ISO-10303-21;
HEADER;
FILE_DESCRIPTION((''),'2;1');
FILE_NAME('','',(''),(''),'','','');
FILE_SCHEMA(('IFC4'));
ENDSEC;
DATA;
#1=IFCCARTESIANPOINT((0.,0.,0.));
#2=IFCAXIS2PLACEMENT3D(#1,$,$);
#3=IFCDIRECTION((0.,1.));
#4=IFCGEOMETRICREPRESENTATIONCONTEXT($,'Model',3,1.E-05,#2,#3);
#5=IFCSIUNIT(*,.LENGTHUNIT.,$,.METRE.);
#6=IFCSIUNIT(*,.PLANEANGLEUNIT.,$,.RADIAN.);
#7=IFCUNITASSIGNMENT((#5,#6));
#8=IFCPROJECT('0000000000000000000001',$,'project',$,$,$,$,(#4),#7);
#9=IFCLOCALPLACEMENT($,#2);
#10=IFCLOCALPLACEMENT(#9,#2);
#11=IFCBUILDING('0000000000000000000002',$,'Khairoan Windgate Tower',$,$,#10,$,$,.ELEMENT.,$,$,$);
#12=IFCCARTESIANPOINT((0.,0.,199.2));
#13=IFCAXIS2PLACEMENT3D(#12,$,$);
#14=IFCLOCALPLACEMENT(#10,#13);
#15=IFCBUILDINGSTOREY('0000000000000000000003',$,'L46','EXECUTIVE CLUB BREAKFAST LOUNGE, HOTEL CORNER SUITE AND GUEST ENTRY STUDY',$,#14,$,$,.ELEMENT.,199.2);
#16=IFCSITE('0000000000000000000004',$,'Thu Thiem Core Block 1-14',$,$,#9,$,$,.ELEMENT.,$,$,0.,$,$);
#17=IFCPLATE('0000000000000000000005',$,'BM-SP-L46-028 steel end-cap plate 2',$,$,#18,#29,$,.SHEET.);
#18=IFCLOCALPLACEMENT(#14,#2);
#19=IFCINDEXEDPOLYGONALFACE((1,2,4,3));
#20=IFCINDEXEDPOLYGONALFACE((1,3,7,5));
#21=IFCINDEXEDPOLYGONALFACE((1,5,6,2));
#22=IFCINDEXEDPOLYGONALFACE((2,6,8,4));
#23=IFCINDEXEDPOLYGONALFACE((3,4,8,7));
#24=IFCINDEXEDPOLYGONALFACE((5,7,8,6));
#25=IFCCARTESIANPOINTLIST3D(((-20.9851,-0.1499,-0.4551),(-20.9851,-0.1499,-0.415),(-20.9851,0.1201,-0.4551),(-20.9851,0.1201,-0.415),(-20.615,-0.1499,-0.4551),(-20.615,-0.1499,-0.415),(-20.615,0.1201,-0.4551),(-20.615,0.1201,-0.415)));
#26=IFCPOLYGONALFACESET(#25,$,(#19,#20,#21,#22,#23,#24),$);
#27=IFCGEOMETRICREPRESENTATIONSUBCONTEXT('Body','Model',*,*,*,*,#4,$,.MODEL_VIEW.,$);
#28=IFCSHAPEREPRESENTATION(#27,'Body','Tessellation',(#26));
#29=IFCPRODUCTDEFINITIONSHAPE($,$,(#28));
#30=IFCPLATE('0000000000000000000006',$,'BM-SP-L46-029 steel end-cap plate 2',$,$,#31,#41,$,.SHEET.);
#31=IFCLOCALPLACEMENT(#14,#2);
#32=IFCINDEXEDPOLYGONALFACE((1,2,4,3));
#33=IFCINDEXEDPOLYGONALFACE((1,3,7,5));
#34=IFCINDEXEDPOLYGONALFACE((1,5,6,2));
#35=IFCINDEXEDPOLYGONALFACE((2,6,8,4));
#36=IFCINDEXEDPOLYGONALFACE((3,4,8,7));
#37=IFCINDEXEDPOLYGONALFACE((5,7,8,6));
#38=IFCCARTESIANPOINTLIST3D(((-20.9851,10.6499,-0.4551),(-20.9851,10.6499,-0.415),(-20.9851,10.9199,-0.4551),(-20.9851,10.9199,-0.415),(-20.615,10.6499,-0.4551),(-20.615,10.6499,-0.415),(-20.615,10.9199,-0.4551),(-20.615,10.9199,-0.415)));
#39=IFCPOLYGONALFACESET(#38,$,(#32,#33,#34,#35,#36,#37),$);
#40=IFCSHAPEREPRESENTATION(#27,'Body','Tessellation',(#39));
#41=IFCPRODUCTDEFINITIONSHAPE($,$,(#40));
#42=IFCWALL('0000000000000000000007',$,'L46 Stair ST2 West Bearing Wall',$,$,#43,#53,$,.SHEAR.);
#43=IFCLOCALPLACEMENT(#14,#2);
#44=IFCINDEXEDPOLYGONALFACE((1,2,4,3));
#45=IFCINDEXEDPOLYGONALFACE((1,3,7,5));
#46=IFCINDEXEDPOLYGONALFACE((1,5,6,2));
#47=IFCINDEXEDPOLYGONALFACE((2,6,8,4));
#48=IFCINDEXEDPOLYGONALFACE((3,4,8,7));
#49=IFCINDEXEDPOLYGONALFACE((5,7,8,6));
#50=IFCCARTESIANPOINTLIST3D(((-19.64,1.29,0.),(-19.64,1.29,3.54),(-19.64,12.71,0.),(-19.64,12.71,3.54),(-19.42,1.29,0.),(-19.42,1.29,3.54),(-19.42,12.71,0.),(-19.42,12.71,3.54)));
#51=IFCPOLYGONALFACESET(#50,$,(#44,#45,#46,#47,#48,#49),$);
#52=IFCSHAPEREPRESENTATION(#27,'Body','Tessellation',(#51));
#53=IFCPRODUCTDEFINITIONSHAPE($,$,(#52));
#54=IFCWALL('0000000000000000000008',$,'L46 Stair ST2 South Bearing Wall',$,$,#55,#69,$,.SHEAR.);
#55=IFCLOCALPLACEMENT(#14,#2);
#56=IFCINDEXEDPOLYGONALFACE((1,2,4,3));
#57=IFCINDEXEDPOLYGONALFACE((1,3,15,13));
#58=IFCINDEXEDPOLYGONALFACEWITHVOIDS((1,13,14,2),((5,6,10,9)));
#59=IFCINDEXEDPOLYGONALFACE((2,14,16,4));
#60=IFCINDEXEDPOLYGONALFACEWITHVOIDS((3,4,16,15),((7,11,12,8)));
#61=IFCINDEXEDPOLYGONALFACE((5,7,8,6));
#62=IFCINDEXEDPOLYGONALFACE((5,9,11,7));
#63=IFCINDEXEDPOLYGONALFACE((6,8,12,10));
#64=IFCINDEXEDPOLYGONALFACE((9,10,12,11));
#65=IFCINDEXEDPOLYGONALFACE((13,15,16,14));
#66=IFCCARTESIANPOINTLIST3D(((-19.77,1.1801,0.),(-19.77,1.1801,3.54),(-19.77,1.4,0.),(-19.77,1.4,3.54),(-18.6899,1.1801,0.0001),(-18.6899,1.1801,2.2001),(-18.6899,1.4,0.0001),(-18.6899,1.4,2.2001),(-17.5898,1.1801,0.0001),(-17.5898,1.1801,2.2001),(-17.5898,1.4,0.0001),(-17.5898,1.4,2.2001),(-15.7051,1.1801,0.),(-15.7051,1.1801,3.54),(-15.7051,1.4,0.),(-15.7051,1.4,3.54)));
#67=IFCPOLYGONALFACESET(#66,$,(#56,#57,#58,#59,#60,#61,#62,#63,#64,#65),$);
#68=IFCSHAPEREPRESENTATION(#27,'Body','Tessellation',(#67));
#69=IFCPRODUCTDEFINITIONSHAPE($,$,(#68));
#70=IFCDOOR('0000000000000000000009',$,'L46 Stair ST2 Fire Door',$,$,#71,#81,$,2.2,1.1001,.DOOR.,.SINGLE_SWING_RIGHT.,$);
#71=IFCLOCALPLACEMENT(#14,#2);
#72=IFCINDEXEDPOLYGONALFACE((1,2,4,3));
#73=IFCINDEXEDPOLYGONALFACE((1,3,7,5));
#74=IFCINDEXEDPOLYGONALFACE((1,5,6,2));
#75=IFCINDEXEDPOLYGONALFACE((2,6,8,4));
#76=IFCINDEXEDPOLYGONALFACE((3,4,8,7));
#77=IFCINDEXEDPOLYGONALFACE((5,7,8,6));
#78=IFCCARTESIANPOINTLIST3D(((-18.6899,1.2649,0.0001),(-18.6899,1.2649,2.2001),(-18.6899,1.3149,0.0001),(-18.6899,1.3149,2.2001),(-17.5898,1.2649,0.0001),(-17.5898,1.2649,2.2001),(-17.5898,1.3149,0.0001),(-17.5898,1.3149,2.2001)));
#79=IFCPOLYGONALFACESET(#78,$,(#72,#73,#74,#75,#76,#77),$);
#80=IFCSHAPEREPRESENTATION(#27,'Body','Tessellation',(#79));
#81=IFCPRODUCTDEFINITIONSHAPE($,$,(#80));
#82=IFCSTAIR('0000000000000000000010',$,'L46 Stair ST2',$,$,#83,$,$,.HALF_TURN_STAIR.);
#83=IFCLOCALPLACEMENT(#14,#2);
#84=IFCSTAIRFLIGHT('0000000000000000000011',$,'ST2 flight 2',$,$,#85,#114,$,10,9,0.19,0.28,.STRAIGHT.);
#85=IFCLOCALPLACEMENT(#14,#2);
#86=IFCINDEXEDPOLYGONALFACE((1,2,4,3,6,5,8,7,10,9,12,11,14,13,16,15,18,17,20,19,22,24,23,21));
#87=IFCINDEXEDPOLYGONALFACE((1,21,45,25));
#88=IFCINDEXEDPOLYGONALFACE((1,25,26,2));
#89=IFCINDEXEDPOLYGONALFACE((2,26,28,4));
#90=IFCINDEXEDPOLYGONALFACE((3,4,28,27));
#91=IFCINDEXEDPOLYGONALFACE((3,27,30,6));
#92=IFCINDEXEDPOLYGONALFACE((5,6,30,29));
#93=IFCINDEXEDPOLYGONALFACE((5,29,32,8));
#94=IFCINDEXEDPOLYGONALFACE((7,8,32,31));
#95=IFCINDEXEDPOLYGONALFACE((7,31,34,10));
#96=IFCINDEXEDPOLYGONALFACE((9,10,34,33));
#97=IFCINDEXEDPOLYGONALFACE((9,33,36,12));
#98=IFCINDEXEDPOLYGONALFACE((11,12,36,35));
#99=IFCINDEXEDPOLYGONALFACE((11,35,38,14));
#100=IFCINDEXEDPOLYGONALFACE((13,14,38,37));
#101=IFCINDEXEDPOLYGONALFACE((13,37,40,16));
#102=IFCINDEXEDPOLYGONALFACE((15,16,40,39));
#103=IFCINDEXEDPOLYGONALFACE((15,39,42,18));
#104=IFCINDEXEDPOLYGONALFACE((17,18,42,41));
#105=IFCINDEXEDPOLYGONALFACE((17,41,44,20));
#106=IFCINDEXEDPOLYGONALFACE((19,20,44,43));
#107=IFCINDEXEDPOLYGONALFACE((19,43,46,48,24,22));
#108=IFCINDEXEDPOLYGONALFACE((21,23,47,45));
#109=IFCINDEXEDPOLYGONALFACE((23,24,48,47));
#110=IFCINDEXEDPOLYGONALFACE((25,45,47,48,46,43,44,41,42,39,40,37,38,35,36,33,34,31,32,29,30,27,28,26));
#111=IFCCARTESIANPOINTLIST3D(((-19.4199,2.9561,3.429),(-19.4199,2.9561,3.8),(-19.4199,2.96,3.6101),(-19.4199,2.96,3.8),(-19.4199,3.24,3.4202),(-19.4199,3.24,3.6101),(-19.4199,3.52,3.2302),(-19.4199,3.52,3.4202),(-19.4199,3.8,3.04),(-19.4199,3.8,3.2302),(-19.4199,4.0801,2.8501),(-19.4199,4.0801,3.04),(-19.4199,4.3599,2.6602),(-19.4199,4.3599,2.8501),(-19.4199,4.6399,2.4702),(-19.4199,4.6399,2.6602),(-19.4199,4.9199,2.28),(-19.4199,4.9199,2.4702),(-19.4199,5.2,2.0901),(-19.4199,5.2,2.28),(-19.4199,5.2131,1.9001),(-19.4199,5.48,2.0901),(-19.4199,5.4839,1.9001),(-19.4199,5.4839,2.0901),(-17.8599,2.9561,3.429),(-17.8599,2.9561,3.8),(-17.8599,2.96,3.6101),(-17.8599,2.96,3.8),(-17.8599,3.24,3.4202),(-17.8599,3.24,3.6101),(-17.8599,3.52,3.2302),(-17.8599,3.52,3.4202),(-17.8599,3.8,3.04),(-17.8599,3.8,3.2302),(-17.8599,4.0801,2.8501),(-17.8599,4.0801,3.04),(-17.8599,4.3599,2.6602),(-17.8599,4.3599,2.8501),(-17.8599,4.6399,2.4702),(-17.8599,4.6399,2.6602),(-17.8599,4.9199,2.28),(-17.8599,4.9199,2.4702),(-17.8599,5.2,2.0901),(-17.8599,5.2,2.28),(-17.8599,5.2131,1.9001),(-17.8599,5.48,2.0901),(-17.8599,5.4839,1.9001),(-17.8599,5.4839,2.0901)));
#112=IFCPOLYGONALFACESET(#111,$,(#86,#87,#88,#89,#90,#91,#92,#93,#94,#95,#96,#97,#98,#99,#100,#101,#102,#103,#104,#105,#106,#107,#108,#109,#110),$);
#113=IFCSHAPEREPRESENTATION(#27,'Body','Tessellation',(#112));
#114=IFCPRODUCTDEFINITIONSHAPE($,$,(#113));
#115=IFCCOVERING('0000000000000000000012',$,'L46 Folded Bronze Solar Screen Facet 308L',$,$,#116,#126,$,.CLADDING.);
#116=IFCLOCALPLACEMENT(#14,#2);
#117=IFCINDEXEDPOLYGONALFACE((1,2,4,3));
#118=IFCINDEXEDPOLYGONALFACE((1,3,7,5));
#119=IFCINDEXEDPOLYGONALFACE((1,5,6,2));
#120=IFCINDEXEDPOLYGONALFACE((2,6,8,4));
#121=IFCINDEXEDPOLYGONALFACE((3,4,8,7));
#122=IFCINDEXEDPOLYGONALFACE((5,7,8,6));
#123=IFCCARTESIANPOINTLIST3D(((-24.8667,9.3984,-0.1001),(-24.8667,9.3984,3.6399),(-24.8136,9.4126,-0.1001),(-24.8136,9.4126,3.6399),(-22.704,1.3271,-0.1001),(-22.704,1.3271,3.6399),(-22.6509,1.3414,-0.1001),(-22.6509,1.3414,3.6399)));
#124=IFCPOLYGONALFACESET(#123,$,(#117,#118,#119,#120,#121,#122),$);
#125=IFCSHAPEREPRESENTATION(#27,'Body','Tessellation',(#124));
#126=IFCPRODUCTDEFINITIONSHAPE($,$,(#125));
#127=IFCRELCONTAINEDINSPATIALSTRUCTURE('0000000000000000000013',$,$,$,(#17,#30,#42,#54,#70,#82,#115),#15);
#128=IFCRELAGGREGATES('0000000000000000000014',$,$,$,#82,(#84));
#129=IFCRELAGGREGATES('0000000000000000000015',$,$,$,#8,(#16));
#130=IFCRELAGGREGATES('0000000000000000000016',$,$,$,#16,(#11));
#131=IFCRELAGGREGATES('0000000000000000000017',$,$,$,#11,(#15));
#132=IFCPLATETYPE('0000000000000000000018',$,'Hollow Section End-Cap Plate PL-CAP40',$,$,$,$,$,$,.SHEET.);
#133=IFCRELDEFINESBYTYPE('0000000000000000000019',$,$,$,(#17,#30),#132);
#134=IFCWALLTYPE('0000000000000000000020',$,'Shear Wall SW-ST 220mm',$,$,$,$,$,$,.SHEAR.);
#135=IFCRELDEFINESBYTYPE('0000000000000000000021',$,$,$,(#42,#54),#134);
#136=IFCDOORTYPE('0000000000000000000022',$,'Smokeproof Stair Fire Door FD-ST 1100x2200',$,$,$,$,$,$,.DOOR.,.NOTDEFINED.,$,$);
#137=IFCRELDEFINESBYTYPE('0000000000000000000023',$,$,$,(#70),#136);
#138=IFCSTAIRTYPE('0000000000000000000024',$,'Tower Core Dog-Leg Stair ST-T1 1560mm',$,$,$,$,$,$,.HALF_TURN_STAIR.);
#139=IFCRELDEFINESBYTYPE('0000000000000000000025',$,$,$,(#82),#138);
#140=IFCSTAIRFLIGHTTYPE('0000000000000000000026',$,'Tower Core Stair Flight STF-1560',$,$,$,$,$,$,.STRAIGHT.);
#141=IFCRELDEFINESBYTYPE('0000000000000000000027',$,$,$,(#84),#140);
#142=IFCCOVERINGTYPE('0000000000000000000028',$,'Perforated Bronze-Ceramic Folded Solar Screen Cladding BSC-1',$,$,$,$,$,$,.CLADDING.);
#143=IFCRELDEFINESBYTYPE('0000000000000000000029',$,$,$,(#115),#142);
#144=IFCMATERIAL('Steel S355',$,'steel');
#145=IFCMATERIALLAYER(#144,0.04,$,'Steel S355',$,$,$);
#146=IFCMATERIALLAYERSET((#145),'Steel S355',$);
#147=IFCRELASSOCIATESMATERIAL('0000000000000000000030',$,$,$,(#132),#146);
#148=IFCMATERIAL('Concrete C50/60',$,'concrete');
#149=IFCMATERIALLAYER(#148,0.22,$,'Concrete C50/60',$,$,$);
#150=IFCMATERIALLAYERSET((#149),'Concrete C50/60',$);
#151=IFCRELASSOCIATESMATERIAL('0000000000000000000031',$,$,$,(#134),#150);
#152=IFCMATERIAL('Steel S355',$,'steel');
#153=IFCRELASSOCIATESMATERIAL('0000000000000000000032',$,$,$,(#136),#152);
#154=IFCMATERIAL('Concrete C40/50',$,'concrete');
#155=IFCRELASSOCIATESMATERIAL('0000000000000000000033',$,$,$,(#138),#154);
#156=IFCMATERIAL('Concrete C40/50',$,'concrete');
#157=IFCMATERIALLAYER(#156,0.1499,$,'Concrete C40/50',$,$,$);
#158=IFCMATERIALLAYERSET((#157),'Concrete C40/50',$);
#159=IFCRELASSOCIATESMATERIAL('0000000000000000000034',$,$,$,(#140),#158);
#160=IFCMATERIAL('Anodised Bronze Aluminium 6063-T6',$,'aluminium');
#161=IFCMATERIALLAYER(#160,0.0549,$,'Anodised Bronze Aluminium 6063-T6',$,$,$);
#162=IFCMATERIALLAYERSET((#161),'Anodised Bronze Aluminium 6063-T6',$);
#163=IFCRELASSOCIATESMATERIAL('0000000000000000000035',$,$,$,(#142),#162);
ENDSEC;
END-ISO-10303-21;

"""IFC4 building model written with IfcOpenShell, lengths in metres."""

from ifc_helpers import new_model, si_unit, direction, frame, frame_2d, origin, origin_2d, place, context, subcontext, project, spatial, polyline, rectangle, outline, extrude, material, layer, layer_set, type_object, element, fill, aggregate, save


model = new_model("IFC4")

# Units and contexts
model_context = context("Model", 3, precision=1e-05, world=origin(), true_north=direction((0.0, 1.0)))
body_context = subcontext(model_context, "Body", "Model", "MODEL_VIEW")
ifc_project = project(units=[si_unit("LENGTHUNIT", "METRE"), si_unit("PLANEANGLEUNIT", "RADIAN")], contexts=[model_context])

# Site, building, storey
site_placement = place(None, origin())
site = spatial("IfcSite", under=ifc_project, at=site_placement, Name="Thu Thiem Core Block 1-14", CompositionType="ELEMENT", RefElevation=0.0)
building_placement = place(site_placement, origin())
building = spatial("IfcBuilding", under=site, at=building_placement, Name="Khairoan Windgate Tower", CompositionType="ELEMENT")
storey_placement = place(building_placement, frame((0.0, 0.0, 199.2)))
storey = spatial("IfcBuildingStorey", under=building, at=storey_placement, Name="L46", Description="EXECUTIVE CLUB BREAKFAST LOUNGE, HOTEL CORNER SUITE AND GUEST ENTRY STUDY", CompositionType="ELEMENT", Elevation=199.2)

# Plates
ifc_material_1 = material(Name="Steel S355", Category="steel")
ifc_layer_1 = layer(ifc_material_1, 0.04, Name="Steel S355")
ifc_layer_set_1 = layer_set([ifc_layer_1], Name="Steel S355")
plate_type = type_object("IfcPlateType", Name="Hollow Section End-Cap Plate PL-CAP40", PredefinedType="SHEET", material=ifc_layer_set_1)
for number, where, z_axis, x_axis, name in (
    (1, (-20.8, -0.0149, -0.4551), (0.0, 0.0, 1.0), (0.0, 1.0, 0.0), "BM-SP-L46-028 steel end-cap plate 2"),
    (2, (-20.8, 10.7849, -0.4551), (0.0, 0.0, 1.0), (0.0, 1.0, 0.0), "BM-SP-L46-029 steel end-cap plate 2"),
):
    element("IfcPlate", number, at=place(storey_placement, frame(where, z_axis=z_axis, x_axis=x_axis)), inside=storey, type_object=plate_type, Name=name, PredefinedType="SHEET", context=body_context, shape_type="SweptSolid", body=[
        extrude(rectangle(XDim=0.27, YDim=0.3701, at=origin_2d()), origin(), (0.0, 0.0, 1.0), 0.04),
    ])

# Wall
ifc_material_2 = material(Name="Concrete C50/60", Category="concrete")
ifc_layer_2 = layer(ifc_material_2, 0.22, Name="Concrete C50/60")
ifc_layer_set_2 = layer_set([ifc_layer_2], Name="Concrete C50/60")
wall_type = type_object("IfcWallType", Name="Shear Wall SW-ST 220mm", PredefinedType="SHEAR", material=ifc_layer_set_2)
wall_1_placement = place(storey_placement, frame((-19.53, 1.29, 0.0), z_axis=(0.0, 0.0, 1.0), x_axis=(0.0, 1.0, 0.0)))
element("IfcWall", 3, at=wall_1_placement, inside=storey, type_object=wall_type, Name="L46 Stair ST2 West Bearing Wall", PredefinedType="SHEAR", context=body_context, shape_type="SweptSolid", body=[
    extrude(rectangle(XDim=11.4199, YDim=0.22, at=frame_2d((5.71, 0.0))), origin(), (0.0, 0.0, 1.0), 3.54),
])

# Wall, opening, door
wall_2_placement = place(storey_placement, frame((-19.77, 1.29, 0.0), z_axis=(0.0, 0.0, 1.0), x_axis=(1.0, 0.0, 0.0)))
wall_2 = element("IfcWall", 4, at=wall_2_placement, inside=storey, type_object=wall_type, Name="L46 Stair ST2 South Bearing Wall", PredefinedType="SHEAR", context=body_context, shape_type="SweptSolid", body=[
    extrude(rectangle(XDim=4.0649, YDim=0.22, at=frame_2d((2.0325, 0.0))), origin(), (0.0, 0.0, 1.0), 3.54),
])
opening_placement = place(wall_2_placement, frame((1.0801, 0.0, 0.0)))
opening = element("IfcOpeningElement", 5, at=opening_placement, cuts=wall_2, PredefinedType="OPENING", context=body_context, shape_type="SweptSolid", body=[
    extrude(rectangle(XDim=1.1001, YDim=2.2, at=frame_2d((0.55, 1.1001))), frame((0.0, 0.1199, 0.0), z_axis=(0.0, -1.0, 0.0), x_axis=(1.0, 0.0, 0.0)), (0.0, 0.0, 1.0), 0.24),
])
ifc_material_3 = material(Name="Steel S355", Category="steel")
door_type = type_object("IfcDoorType", Name="Smokeproof Stair Fire Door FD-ST 1100x2200", OperationType="NOTDEFINED", PredefinedType="DOOR", material=ifc_material_3)
door_placement = place(opening_placement, origin())
door = element("IfcDoor", 6, at=door_placement, inside=storey, type_object=door_type, Name="L46 Stair ST2 Fire Door", OperationType="SINGLE_SWING_RIGHT", OverallHeight=2.2, OverallWidth=1.1001, PredefinedType="DOOR", context=body_context, shape_type="SweptSolid", body=[
    extrude(rectangle(XDim=1.1001, YDim=2.2, at=frame_2d((0.55, 1.1001))), frame((0.0, 0.0249, 0.0), z_axis=(0.0, -1.0, 0.0), x_axis=(1.0, 0.0, 0.0)), (0.0, 0.0, 1.0), 0.05),
])
fill(opening, door)

# Stair, stair flight
ifc_material_4 = material(Name="Concrete C40/50", Category="concrete")
stair_type = type_object("IfcStairType", Name="Tower Core Dog-Leg Stair ST-T1 1560mm", PredefinedType="HALF_TURN_STAIR", material=ifc_material_4)
stair_placement = place(storey_placement, origin())
stair = element("IfcStair", 7, at=stair_placement, inside=storey, type_object=stair_type, Name="L46 Stair ST2", PredefinedType="HALF_TURN_STAIR")
ifc_material_5 = material(Name="Concrete C40/50", Category="concrete")
ifc_layer_3 = layer(ifc_material_5, 0.1499, Name="Concrete C40/50")
ifc_layer_set_3 = layer_set([ifc_layer_3], Name="Concrete C40/50")
stair_flight_type = type_object("IfcStairFlightType", Name="Tower Core Stair Flight STF-1560", PredefinedType="STRAIGHT", material=ifc_layer_set_3)
stair_flight_placement = place(storey_placement, frame((-18.6399, 5.48, 1.9001), z_axis=(0.0, 0.0, 1.0), x_axis=(0.0, -1.0, 0.0)))
stair_flight = element("IfcStairFlight", 8, at=stair_flight_placement, type_object=stair_flight_type, Name="ST2 flight 2", NumberOfRisers=10, NumberOfTreads=9, PredefinedType="STRAIGHT", RiserHeight=0.19, TreadLength=0.28, context=body_context, shape_type="SweptSolid", body=[
    extrude(outline(polyline([(-0.0039, 0.0), (-0.0039, 0.1899), (0.0, 0.1899), (0.28, 0.1899), (0.28, 0.3799), (0.5601, 0.3799), (0.5601, 0.5701), (0.8401, 0.5701), (0.8401, 0.76), (1.1201, 0.76), (1.1201, 0.95), (1.3999, 0.95), (1.3999, 1.1399), (1.6799, 1.1399), (1.6799, 1.3301), (1.96, 1.3301), (1.96, 1.52), (2.24, 1.52), (2.24, 1.71), (2.52, 1.71), (2.52, 1.8999), (2.5239, 1.8999), (2.5239, 1.5288), (0.2668, 0.0), (-0.0039, 0.0)])), frame((0.0, 0.78, 0.0), z_axis=(0.0, -1.0, 0.0), x_axis=(1.0, 0.0, 0.0)), (0.0, 0.0, 1.0), 1.5601),
])
aggregate(stair, [stair_flight])

# Covering
ifc_material_6 = material(Name="Anodised Bronze Aluminium 6063-T6", Category="aluminium")
ifc_layer_4 = layer(ifc_material_6, 0.0549, Name="Anodised Bronze Aluminium 6063-T6")
ifc_layer_set_4 = layer_set([ifc_layer_4], Name="Anodised Bronze Aluminium 6063-T6")
covering_type = type_object("IfcCoveringType", Name="Perforated Bronze-Ceramic Folded Solar Screen Cladding BSC-1", PredefinedType="CLADDING", material=ifc_layer_set_4)
covering_placement = place(storey_placement, frame((-23.7588, 5.3699, -0.1001), z_axis=(0.0, 0.0, 1.0), x_axis=(-0.258819, 0.965926, 0.0)))
element("IfcCovering", 9, at=covering_placement, inside=storey, type_object=covering_type, Name="L46 Folded Bronze Solar Screen Facet 308L", PredefinedType="CLADDING", context=body_context, shape_type="SweptSolid", body=[
    extrude(rectangle(XDim=8.356, YDim=0.0549, at=origin_2d()), origin(), (0.0, 0.0, 1.0), 3.74),
])

save(model, "model.ifc")
